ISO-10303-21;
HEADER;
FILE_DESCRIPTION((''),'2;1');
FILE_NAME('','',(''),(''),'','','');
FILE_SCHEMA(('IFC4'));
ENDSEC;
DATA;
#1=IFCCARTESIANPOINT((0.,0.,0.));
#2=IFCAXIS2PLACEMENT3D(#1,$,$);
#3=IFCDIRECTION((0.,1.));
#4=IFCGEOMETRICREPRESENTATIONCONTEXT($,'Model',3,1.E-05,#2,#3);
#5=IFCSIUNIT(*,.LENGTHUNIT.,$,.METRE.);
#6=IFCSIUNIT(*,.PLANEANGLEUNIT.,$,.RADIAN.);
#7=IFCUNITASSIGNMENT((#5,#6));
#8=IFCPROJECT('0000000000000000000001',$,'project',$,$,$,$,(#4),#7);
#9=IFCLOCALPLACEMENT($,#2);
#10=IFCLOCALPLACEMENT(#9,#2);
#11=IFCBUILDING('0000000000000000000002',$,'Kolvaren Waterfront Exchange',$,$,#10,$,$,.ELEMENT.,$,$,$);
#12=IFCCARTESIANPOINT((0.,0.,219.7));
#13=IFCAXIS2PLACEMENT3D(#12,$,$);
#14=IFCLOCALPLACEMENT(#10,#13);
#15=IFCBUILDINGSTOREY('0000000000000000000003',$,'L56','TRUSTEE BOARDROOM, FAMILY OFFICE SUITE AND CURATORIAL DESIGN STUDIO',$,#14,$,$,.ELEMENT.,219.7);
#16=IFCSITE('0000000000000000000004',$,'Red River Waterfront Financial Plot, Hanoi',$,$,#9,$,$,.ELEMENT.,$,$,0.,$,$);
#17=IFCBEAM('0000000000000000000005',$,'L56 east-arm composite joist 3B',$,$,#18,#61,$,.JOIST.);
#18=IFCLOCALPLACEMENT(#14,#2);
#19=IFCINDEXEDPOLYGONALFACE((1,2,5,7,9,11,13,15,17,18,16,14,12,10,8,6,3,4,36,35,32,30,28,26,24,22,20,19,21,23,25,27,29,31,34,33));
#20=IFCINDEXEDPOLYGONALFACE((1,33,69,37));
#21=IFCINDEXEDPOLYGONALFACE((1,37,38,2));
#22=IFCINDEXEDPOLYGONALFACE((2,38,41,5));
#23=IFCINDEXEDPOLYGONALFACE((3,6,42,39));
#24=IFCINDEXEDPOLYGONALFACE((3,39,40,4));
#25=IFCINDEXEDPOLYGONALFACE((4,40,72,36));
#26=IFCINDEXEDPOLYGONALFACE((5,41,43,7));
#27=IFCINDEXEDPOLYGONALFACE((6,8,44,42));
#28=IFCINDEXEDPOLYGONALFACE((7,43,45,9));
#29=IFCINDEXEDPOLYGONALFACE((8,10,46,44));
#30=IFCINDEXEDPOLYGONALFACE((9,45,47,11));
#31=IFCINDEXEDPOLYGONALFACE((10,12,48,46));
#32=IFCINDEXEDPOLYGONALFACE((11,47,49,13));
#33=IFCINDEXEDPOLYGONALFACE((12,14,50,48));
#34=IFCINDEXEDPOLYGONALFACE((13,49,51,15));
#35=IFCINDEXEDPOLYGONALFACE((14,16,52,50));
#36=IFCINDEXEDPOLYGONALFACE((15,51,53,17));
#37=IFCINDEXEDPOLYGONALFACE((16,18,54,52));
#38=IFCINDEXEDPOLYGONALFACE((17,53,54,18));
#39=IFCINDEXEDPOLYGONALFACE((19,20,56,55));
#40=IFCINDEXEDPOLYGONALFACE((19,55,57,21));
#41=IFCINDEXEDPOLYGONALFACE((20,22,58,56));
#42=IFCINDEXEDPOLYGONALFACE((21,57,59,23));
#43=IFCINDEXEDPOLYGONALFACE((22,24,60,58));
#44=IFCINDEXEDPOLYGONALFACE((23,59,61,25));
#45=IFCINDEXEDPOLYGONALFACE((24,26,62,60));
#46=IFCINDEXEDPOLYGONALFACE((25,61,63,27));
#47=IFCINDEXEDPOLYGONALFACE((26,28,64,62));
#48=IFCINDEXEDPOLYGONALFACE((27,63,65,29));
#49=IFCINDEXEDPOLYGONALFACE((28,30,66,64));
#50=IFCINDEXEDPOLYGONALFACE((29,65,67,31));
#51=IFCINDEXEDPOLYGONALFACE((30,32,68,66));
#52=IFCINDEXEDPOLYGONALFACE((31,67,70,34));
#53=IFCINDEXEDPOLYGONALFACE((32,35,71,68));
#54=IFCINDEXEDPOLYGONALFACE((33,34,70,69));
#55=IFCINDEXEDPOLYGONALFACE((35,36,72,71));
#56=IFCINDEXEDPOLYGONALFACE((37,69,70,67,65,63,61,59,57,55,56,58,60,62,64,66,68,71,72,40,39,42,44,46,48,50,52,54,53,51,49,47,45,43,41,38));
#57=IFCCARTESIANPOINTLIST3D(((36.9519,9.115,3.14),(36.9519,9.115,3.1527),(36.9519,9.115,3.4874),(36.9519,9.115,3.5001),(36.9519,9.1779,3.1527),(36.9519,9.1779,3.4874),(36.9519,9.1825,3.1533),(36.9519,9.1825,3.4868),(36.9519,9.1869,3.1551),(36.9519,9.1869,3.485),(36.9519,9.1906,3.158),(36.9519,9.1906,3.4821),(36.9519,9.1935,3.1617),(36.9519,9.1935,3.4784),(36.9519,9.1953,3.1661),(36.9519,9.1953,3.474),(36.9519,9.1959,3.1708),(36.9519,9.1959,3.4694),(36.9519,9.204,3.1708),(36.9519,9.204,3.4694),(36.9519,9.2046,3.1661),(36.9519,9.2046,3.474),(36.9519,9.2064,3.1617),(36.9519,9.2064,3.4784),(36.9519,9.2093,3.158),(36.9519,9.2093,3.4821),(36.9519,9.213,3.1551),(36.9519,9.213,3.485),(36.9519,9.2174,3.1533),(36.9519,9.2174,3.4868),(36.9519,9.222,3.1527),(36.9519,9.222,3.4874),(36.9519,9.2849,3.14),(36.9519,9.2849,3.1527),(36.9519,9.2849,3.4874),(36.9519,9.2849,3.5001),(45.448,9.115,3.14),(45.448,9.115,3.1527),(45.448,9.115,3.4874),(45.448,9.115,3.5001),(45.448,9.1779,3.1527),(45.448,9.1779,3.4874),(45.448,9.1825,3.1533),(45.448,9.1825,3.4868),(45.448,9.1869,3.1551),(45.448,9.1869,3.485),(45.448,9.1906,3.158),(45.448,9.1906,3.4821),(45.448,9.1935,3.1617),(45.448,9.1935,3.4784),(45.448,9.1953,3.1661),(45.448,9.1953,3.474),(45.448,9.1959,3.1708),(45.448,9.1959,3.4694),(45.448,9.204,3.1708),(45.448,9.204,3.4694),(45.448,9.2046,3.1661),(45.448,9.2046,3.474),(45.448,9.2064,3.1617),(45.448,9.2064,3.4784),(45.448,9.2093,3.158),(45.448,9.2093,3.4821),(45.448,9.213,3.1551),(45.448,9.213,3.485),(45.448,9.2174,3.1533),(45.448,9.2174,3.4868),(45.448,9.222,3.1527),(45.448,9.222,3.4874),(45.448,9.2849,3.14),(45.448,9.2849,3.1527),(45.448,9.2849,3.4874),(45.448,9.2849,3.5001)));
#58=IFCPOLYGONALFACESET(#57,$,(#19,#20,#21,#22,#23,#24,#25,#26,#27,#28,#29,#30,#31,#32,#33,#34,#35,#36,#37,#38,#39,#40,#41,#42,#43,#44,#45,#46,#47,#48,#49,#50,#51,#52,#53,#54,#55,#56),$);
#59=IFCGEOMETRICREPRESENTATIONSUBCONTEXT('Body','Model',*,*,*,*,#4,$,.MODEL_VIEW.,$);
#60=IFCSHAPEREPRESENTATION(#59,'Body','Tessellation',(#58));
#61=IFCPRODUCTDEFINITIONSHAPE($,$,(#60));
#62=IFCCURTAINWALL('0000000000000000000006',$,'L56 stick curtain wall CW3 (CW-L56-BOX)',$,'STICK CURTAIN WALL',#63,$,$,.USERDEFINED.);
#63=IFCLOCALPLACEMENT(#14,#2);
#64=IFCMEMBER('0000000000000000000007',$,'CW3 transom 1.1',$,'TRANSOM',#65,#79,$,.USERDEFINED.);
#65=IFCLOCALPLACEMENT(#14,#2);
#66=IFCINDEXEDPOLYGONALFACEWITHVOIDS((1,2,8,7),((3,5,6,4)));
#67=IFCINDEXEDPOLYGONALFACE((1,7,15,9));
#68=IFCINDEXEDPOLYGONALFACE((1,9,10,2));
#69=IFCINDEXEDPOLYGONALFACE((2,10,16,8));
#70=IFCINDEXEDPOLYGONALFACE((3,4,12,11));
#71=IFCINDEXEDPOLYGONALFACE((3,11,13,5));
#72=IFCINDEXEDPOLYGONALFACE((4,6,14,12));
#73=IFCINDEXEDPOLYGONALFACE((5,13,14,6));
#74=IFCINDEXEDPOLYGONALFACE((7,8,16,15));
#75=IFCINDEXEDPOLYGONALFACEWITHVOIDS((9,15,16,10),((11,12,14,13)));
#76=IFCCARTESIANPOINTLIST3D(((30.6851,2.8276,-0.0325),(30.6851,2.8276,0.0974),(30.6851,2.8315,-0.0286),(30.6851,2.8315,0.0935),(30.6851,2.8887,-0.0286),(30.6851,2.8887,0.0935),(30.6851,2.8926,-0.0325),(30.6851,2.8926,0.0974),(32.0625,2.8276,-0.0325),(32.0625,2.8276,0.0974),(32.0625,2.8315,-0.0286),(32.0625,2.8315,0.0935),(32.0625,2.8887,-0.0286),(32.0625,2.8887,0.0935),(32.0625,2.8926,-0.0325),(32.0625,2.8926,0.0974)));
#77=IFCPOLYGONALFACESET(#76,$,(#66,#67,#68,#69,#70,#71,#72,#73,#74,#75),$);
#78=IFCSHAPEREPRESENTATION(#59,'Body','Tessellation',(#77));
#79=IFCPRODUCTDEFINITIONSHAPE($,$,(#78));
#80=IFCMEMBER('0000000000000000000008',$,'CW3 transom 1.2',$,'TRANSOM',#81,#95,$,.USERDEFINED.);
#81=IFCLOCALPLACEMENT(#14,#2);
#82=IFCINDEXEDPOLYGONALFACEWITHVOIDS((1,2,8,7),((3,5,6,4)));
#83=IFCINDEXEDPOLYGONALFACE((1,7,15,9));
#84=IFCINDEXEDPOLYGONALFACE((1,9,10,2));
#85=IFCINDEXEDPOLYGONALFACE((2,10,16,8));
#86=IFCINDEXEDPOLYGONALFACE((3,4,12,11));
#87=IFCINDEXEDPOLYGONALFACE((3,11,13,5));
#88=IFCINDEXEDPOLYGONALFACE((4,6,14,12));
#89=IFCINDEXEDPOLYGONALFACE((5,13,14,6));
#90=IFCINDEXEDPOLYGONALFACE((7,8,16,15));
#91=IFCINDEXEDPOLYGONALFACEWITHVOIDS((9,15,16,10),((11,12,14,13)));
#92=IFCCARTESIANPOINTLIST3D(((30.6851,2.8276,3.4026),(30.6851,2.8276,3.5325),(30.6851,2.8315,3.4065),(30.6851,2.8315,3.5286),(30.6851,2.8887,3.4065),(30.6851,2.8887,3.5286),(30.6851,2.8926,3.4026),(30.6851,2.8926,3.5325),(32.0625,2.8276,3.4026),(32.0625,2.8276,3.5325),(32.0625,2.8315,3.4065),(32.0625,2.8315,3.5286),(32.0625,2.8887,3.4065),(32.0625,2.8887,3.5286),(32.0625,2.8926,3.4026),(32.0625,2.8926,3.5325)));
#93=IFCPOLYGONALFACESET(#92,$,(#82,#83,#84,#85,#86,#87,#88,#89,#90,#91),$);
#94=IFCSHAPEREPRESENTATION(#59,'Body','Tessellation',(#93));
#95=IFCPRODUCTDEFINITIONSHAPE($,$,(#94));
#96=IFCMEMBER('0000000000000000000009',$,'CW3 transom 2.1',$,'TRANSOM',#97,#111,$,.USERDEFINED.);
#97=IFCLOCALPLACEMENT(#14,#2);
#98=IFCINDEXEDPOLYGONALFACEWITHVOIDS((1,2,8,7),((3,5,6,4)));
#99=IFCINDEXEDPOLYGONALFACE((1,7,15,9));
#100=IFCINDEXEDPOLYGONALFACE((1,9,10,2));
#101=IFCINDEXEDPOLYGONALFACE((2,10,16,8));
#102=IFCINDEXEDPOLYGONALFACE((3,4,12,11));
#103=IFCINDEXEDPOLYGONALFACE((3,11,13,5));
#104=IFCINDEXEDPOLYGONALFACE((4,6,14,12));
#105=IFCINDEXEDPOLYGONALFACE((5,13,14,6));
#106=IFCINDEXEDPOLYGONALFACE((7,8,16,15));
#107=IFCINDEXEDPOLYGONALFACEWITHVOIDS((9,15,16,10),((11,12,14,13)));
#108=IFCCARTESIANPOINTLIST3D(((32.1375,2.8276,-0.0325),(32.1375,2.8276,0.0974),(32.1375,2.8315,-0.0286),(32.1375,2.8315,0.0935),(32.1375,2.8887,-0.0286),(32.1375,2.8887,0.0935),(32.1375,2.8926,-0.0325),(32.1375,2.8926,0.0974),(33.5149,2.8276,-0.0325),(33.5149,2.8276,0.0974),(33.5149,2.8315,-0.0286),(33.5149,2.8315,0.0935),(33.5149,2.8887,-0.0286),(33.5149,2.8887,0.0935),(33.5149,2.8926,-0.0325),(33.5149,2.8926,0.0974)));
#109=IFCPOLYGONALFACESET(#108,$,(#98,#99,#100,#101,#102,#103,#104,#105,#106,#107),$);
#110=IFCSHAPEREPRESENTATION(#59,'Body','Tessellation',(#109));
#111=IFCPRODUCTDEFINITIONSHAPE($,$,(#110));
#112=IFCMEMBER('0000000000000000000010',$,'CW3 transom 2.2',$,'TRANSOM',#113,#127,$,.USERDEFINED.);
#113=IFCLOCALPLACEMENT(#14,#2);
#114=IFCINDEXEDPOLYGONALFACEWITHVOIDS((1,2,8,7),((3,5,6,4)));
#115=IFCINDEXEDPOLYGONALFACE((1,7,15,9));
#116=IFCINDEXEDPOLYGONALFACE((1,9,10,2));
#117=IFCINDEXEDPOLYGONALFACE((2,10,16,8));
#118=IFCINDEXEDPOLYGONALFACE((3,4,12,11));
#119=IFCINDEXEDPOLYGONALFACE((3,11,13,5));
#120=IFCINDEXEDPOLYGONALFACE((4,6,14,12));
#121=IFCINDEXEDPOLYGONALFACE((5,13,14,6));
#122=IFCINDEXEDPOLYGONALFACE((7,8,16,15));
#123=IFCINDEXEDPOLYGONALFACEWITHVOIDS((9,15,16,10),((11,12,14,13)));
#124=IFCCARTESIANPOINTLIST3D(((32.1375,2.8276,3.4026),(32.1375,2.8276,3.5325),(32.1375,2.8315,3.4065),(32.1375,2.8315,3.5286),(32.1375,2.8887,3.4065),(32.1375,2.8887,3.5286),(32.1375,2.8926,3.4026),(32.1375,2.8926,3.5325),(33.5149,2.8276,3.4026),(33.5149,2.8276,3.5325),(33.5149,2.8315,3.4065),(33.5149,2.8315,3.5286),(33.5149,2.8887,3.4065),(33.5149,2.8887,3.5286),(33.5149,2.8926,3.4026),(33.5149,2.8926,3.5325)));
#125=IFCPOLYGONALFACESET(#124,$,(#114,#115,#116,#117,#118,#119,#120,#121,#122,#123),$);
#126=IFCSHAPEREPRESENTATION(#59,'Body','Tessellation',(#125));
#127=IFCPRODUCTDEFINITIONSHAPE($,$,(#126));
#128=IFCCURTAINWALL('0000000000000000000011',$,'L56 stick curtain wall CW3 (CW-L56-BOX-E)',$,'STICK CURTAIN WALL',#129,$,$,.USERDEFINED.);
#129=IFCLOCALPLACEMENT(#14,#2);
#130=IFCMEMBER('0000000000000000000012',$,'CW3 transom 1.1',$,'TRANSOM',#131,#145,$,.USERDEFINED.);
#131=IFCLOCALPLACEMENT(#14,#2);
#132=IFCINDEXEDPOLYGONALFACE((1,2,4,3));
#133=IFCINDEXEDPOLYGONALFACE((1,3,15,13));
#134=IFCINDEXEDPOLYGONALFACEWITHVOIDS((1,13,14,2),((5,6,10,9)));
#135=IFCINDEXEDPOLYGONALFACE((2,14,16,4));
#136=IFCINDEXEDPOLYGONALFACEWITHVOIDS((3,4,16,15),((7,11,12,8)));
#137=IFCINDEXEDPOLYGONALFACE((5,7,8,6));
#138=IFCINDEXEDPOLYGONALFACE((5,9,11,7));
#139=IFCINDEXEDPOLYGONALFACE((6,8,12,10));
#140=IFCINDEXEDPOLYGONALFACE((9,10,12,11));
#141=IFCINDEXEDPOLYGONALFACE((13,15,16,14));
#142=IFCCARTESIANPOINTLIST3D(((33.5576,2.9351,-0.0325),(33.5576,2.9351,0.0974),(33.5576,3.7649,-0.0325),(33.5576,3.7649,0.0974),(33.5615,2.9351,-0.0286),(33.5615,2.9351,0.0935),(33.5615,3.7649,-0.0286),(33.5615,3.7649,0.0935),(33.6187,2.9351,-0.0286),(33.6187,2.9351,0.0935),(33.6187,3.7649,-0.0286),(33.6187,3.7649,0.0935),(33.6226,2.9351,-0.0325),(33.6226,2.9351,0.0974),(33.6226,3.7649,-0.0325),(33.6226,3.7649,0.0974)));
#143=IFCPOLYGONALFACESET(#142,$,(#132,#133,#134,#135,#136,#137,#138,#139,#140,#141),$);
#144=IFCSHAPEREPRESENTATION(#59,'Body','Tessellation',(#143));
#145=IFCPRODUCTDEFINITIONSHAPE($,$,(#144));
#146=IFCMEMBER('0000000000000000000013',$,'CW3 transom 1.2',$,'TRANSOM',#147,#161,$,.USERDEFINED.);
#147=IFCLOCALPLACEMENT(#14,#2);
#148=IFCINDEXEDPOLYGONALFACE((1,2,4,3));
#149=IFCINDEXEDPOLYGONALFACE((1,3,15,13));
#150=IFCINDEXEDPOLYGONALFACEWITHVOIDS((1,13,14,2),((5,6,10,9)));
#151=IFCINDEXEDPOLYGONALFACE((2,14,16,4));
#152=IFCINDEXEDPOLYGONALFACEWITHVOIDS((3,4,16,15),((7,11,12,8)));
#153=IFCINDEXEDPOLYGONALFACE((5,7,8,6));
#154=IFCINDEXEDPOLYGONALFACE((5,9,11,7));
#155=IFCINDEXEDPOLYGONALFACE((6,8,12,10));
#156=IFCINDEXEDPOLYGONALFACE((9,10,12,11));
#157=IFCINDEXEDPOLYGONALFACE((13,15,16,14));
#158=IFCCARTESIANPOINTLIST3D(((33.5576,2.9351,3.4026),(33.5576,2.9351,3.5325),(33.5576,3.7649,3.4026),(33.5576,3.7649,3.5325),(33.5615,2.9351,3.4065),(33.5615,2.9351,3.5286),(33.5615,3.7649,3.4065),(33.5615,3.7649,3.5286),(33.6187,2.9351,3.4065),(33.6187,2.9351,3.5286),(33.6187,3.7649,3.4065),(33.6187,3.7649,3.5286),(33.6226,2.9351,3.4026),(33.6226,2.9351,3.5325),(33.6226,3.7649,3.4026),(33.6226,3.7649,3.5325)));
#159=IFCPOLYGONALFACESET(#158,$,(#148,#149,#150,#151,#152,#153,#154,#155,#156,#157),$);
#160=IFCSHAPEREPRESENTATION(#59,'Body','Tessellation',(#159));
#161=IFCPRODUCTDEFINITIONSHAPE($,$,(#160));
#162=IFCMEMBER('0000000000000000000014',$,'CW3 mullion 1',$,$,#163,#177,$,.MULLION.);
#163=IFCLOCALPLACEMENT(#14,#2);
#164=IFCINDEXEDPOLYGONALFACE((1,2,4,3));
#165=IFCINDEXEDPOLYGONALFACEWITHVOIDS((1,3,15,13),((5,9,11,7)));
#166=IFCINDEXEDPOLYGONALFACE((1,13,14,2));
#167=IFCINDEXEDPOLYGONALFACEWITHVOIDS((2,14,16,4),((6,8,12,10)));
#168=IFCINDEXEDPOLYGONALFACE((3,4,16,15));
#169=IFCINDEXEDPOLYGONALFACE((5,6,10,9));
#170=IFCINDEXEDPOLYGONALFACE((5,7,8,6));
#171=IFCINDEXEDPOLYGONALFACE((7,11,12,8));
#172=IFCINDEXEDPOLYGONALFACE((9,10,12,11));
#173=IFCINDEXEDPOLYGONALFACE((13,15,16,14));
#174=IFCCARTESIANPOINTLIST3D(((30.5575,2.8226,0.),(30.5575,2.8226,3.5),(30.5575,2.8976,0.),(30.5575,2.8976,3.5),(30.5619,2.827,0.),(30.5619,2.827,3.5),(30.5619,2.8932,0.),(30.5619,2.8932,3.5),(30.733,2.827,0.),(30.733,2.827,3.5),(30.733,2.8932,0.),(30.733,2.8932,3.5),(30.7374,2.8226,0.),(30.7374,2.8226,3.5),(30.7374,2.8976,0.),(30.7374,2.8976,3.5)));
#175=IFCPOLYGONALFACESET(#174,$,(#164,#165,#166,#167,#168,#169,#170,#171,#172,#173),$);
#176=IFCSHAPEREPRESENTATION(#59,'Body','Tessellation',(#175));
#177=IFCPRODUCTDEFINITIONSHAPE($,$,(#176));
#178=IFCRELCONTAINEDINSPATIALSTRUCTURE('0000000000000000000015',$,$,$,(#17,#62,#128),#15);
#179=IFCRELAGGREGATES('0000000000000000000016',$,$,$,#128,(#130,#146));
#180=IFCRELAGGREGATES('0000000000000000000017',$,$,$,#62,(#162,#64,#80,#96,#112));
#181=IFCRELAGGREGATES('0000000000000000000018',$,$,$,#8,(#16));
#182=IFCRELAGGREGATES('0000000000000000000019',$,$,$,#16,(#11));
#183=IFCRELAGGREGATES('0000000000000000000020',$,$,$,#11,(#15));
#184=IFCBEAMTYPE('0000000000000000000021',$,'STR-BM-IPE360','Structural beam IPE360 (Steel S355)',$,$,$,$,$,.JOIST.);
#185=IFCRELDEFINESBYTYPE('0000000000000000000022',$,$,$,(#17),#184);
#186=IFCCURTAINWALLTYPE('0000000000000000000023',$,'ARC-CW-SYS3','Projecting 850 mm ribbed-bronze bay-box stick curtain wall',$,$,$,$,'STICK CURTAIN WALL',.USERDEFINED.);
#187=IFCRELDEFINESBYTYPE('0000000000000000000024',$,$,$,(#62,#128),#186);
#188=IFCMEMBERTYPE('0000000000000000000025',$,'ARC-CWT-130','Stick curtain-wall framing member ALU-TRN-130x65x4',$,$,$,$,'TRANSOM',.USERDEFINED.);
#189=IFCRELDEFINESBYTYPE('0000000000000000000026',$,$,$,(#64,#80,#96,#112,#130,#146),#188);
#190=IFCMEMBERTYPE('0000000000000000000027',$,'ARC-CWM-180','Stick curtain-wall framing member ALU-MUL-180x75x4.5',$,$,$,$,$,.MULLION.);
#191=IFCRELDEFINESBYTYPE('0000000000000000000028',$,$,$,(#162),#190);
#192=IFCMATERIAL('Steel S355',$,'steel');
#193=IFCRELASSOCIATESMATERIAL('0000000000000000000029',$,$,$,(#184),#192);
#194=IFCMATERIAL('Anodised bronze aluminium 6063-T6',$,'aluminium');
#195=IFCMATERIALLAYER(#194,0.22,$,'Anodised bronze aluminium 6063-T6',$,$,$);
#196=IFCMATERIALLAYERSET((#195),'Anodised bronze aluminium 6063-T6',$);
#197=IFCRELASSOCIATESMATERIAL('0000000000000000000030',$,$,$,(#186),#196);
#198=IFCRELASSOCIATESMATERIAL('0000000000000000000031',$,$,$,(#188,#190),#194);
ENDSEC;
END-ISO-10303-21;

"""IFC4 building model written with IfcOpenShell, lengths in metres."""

from ifc_helpers import new_model, si_unit, direction, frame, origin, origin_with_axes, origin_2d, place, context, subcontext, project, spatial, hollow_rectangle, i_section, extrude, source, transform, mapped, material, layer, layer_set, material_profile, profile_set, type_object, element, aggregate, save


model = new_model("IFC4")

# Units and contexts
model_context = context("Model", 3, precision=1e-05, world=origin(), true_north=direction((0.0, 1.0)))
body_context = subcontext(model_context, "Body", "Model", "MODEL_VIEW")
ifc_project = project(units=[si_unit("LENGTHUNIT", "METRE"), si_unit("PLANEANGLEUNIT", "RADIAN")], contexts=[model_context])

# Site, building, storey
site_placement = place(None, origin())
site = spatial("IfcSite", under=ifc_project, at=site_placement, Name="Red River Waterfront Financial Plot, Hanoi", CompositionType="ELEMENT", RefElevation=0.0)
building_placement = place(site_placement, origin())
building = spatial("IfcBuilding", under=site, at=building_placement, Name="Kolvaren Waterfront Exchange", CompositionType="ELEMENT")
storey_placement = place(building_placement, frame((0.0, 0.0, 219.7)))
storey = spatial("IfcBuildingStorey", under=building, at=storey_placement, Name="L56", Description="TRUSTEE BOARDROOM, FAMILY OFFICE SUITE AND CURATORIAL DESIGN STUDIO", CompositionType="ELEMENT", Elevation=219.7)

# Beam
ifc_material_1 = material(Name="Steel S355", Category="steel")
ifc_material_profile_1 = material_profile(ifc_material_1, i_section(OverallWidth=0.1699, OverallDepth=0.3601, WebThickness=0.0081, FlangeThickness=0.0127, FilletRadius=0.0181, at=origin_2d()), Name="IPE360")
ifc_profile_set_1 = profile_set([ifc_material_profile_1], Name="Steel S355")
beam_type_1 = type_object("IfcBeamType", Name="STR-BM-IPE360", Description="Structural beam IPE360 (Steel S355)", PredefinedType="JOIST", material=ifc_profile_set_1)
beam_1_placement = place(storey_placement, frame((36.9519, 9.2, 3.3201), z_axis=(1.0, 0.0, 0.0), x_axis=(0.0, 1.0, 0.0)))
element("IfcBeam", 1, at=beam_1_placement, inside=storey, type_object=beam_type_1, Name="L56 east-arm composite joist 3B", PredefinedType="JOIST", context=body_context, shape_type="SweptSolid", body=[
    extrude(i_section(OverallWidth=0.1699, OverallDepth=0.3601, WebThickness=0.0081, FlangeThickness=0.0127, FilletRadius=0.0181, at=origin_2d()), origin(), (0.0, 0.0, 1.0), 8.4961),
])

# Curtain walls, members
ifc_material_2 = material(Name="Anodised bronze aluminium 6063-T6", Category="aluminium")
ifc_layer_1 = layer(ifc_material_2, 0.22, Name="Anodised bronze aluminium 6063-T6")
ifc_layer_set_1 = layer_set([ifc_layer_1], Name="Anodised bronze aluminium 6063-T6")
curtain_wall_type_1 = type_object("IfcCurtainWallType", Name="ARC-CW-SYS3", Description="Projecting 850 mm ribbed-bronze bay-box stick curtain wall", ElementType="STICK CURTAIN WALL", PredefinedType="USERDEFINED", material=ifc_layer_set_1)
curtain_wall_1_placement = place(storey_placement, origin())
curtain_wall_1 = element("IfcCurtainWall", 2, at=curtain_wall_1_placement, inside=storey, type_object=curtain_wall_type_1, Name="L56 stick curtain wall CW3 (CW-L56-BOX)", ObjectType="STICK CURTAIN WALL", PredefinedType="USERDEFINED")
ifc_material_profile_2 = material_profile(ifc_material_2, hollow_rectangle(XDim=0.0649, YDim=0.1299, WallThickness=0.0039, at=origin_2d()), Name="ALU-TRN-130x65x4")
ifc_profile_set_2 = profile_set([ifc_material_profile_2], Name="Anodised bronze aluminium 6063-T6")
member_type_1 = type_object("IfcMemberType", Name="ARC-CWT-130", Description="Stick curtain-wall framing member ALU-TRN-130x65x4", ElementType="TRANSOM", PredefinedType="USERDEFINED", material=ifc_profile_set_2)
shared_shape_1 = source(origin_with_axes(), body_context, "Body", "SweptSolid", [
    extrude(hollow_rectangle(XDim=0.0649, YDim=0.1299, WallThickness=0.0039, at=origin_2d()), origin(), (0.0, 0.0, 1.0), 1.3774),
])
member_1_placement = place(storey_placement, frame((30.6851, 2.8601, 0.0325), z_axis=(1.0, 0.0, 0.0), x_axis=(0.0, 1.0, 0.0)))
member_1 = element("IfcMember", 3, at=member_1_placement, type_object=member_type_1, Name="CW3 transom 1.1", ObjectType="TRANSOM", PredefinedType="USERDEFINED", context=body_context, shape_type="MappedRepresentation", body=[
    mapped(shared_shape_1, transform((0.0, 0.0, 0.0), x_axis=(1.0, 0.0, 0.0), y_axis=(0.0, 1.0, 0.0), z_axis=(0.0, 0.0, 1.0), scale=1.0)),
])
member_2_placement = place(storey_placement, frame((30.6851, 2.8601, 3.4675), z_axis=(1.0, 0.0, 0.0), x_axis=(0.0, 1.0, 0.0)))
member_2 = element("IfcMember", 4, at=member_2_placement, type_object=member_type_1, Name="CW3 transom 1.2", ObjectType="TRANSOM", PredefinedType="USERDEFINED", context=body_context, shape_type="MappedRepresentation", body=[
    mapped(shared_shape_1, transform((0.0, 0.0, 0.0), x_axis=(1.0, 0.0, 0.0), y_axis=(0.0, 1.0, 0.0), z_axis=(0.0, 0.0, 1.0), scale=1.0)),
])
member_3_placement = place(storey_placement, frame((32.1375, 2.8601, 0.0325), z_axis=(1.0, 0.0, 0.0), x_axis=(0.0, 1.0, 0.0)))
member_3 = element("IfcMember", 5, at=member_3_placement, type_object=member_type_1, Name="CW3 transom 2.1", ObjectType="TRANSOM", PredefinedType="USERDEFINED", context=body_context, shape_type="MappedRepresentation", body=[
    mapped(shared_shape_1, transform((0.0, 0.0, 0.0), x_axis=(1.0, 0.0, 0.0), y_axis=(0.0, 1.0, 0.0), z_axis=(0.0, 0.0, 1.0), scale=1.0)),
])
member_4_placement = place(storey_placement, frame((32.1375, 2.8601, 3.4675), z_axis=(1.0, 0.0, 0.0), x_axis=(0.0, 1.0, 0.0)))
member_4 = element("IfcMember", 6, at=member_4_placement, type_object=member_type_1, Name="CW3 transom 2.2", ObjectType="TRANSOM", PredefinedType="USERDEFINED", context=body_context, shape_type="MappedRepresentation", body=[
    mapped(shared_shape_1, transform((0.0, 0.0, 0.0), x_axis=(1.0, 0.0, 0.0), y_axis=(0.0, 1.0, 0.0), z_axis=(0.0, 0.0, 1.0), scale=1.0)),
])
curtain_wall_2_placement = place(storey_placement, origin())
curtain_wall_2 = element("IfcCurtainWall", 7, at=curtain_wall_2_placement, inside=storey, type_object=curtain_wall_type_1, Name="L56 stick curtain wall CW3 (CW-L56-BOX-E)", ObjectType="STICK CURTAIN WALL", PredefinedType="USERDEFINED")
shared_shape_2 = source(origin_with_axes(), body_context, "Body", "SweptSolid", [
    extrude(hollow_rectangle(XDim=0.0649, YDim=0.1299, WallThickness=0.0039, at=origin_2d()), origin(), (0.0, 0.0, 1.0), 0.8298),
])
member_5_placement = place(storey_placement, frame((33.5901, 2.9351, 0.0325), z_axis=(0.0, 1.0, 0.0), x_axis=(-1.0, 0.0, 0.0)))
member_5 = element("IfcMember", 8, at=member_5_placement, type_object=member_type_1, Name="CW3 transom 1.1", ObjectType="TRANSOM", PredefinedType="USERDEFINED", context=body_context, shape_type="MappedRepresentation", body=[
    mapped(shared_shape_2, transform((0.0, 0.0, 0.0), x_axis=(1.0, 0.0, 0.0), y_axis=(0.0, 1.0, 0.0), z_axis=(0.0, 0.0, 1.0), scale=1.0)),
])
member_6_placement = place(storey_placement, frame((33.5901, 2.9351, 3.4675), z_axis=(0.0, 1.0, 0.0), x_axis=(-1.0, 0.0, 0.0)))
member_6 = element("IfcMember", 9, at=member_6_placement, type_object=member_type_1, Name="CW3 transom 1.2", ObjectType="TRANSOM", PredefinedType="USERDEFINED", context=body_context, shape_type="MappedRepresentation", body=[
    mapped(shared_shape_2, transform((0.0, 0.0, 0.0), x_axis=(1.0, 0.0, 0.0), y_axis=(0.0, 1.0, 0.0), z_axis=(0.0, 0.0, 1.0), scale=1.0)),
])

# Member
ifc_material_profile_3 = material_profile(ifc_material_2, hollow_rectangle(XDim=0.075, YDim=0.1799, WallThickness=0.0044, at=origin_2d()), Name="ALU-MUL-180x75x4.5")
ifc_profile_set_3 = profile_set([ifc_material_profile_3], Name="Anodised bronze aluminium 6063-T6")
member_type_2 = type_object("IfcMemberType", Name="ARC-CWM-180", Description="Stick curtain-wall framing member ALU-MUL-180x75x4.5", PredefinedType="MULLION", material=ifc_profile_set_3)
shared_shape_3 = source(origin_with_axes(), body_context, "Body", "SweptSolid", [
    extrude(hollow_rectangle(XDim=0.075, YDim=0.1799, WallThickness=0.0044, at=origin_2d()), origin(), (0.0, 0.0, 1.0), 3.5),
])
member_7_placement = place(storey_placement, frame((30.6475, 2.8601, 0.0), z_axis=(0.0, 0.0, 1.0), x_axis=(0.0, 1.0, 0.0)))
member_7 = element("IfcMember", 10, at=member_7_placement, type_object=member_type_2, Name="CW3 mullion 1", PredefinedType="MULLION", context=body_context, shape_type="MappedRepresentation", body=[
    mapped(shared_shape_3, transform((0.0, 0.0, 0.0), x_axis=(1.0, 0.0, 0.0), y_axis=(0.0, 1.0, 0.0), z_axis=(0.0, 0.0, 1.0), scale=1.0)),
])

aggregate(curtain_wall_2, [member_5, member_6])
aggregate(curtain_wall_1, [member_7, member_1, member_2, member_3, member_4])

save(model, "model.ifc")
